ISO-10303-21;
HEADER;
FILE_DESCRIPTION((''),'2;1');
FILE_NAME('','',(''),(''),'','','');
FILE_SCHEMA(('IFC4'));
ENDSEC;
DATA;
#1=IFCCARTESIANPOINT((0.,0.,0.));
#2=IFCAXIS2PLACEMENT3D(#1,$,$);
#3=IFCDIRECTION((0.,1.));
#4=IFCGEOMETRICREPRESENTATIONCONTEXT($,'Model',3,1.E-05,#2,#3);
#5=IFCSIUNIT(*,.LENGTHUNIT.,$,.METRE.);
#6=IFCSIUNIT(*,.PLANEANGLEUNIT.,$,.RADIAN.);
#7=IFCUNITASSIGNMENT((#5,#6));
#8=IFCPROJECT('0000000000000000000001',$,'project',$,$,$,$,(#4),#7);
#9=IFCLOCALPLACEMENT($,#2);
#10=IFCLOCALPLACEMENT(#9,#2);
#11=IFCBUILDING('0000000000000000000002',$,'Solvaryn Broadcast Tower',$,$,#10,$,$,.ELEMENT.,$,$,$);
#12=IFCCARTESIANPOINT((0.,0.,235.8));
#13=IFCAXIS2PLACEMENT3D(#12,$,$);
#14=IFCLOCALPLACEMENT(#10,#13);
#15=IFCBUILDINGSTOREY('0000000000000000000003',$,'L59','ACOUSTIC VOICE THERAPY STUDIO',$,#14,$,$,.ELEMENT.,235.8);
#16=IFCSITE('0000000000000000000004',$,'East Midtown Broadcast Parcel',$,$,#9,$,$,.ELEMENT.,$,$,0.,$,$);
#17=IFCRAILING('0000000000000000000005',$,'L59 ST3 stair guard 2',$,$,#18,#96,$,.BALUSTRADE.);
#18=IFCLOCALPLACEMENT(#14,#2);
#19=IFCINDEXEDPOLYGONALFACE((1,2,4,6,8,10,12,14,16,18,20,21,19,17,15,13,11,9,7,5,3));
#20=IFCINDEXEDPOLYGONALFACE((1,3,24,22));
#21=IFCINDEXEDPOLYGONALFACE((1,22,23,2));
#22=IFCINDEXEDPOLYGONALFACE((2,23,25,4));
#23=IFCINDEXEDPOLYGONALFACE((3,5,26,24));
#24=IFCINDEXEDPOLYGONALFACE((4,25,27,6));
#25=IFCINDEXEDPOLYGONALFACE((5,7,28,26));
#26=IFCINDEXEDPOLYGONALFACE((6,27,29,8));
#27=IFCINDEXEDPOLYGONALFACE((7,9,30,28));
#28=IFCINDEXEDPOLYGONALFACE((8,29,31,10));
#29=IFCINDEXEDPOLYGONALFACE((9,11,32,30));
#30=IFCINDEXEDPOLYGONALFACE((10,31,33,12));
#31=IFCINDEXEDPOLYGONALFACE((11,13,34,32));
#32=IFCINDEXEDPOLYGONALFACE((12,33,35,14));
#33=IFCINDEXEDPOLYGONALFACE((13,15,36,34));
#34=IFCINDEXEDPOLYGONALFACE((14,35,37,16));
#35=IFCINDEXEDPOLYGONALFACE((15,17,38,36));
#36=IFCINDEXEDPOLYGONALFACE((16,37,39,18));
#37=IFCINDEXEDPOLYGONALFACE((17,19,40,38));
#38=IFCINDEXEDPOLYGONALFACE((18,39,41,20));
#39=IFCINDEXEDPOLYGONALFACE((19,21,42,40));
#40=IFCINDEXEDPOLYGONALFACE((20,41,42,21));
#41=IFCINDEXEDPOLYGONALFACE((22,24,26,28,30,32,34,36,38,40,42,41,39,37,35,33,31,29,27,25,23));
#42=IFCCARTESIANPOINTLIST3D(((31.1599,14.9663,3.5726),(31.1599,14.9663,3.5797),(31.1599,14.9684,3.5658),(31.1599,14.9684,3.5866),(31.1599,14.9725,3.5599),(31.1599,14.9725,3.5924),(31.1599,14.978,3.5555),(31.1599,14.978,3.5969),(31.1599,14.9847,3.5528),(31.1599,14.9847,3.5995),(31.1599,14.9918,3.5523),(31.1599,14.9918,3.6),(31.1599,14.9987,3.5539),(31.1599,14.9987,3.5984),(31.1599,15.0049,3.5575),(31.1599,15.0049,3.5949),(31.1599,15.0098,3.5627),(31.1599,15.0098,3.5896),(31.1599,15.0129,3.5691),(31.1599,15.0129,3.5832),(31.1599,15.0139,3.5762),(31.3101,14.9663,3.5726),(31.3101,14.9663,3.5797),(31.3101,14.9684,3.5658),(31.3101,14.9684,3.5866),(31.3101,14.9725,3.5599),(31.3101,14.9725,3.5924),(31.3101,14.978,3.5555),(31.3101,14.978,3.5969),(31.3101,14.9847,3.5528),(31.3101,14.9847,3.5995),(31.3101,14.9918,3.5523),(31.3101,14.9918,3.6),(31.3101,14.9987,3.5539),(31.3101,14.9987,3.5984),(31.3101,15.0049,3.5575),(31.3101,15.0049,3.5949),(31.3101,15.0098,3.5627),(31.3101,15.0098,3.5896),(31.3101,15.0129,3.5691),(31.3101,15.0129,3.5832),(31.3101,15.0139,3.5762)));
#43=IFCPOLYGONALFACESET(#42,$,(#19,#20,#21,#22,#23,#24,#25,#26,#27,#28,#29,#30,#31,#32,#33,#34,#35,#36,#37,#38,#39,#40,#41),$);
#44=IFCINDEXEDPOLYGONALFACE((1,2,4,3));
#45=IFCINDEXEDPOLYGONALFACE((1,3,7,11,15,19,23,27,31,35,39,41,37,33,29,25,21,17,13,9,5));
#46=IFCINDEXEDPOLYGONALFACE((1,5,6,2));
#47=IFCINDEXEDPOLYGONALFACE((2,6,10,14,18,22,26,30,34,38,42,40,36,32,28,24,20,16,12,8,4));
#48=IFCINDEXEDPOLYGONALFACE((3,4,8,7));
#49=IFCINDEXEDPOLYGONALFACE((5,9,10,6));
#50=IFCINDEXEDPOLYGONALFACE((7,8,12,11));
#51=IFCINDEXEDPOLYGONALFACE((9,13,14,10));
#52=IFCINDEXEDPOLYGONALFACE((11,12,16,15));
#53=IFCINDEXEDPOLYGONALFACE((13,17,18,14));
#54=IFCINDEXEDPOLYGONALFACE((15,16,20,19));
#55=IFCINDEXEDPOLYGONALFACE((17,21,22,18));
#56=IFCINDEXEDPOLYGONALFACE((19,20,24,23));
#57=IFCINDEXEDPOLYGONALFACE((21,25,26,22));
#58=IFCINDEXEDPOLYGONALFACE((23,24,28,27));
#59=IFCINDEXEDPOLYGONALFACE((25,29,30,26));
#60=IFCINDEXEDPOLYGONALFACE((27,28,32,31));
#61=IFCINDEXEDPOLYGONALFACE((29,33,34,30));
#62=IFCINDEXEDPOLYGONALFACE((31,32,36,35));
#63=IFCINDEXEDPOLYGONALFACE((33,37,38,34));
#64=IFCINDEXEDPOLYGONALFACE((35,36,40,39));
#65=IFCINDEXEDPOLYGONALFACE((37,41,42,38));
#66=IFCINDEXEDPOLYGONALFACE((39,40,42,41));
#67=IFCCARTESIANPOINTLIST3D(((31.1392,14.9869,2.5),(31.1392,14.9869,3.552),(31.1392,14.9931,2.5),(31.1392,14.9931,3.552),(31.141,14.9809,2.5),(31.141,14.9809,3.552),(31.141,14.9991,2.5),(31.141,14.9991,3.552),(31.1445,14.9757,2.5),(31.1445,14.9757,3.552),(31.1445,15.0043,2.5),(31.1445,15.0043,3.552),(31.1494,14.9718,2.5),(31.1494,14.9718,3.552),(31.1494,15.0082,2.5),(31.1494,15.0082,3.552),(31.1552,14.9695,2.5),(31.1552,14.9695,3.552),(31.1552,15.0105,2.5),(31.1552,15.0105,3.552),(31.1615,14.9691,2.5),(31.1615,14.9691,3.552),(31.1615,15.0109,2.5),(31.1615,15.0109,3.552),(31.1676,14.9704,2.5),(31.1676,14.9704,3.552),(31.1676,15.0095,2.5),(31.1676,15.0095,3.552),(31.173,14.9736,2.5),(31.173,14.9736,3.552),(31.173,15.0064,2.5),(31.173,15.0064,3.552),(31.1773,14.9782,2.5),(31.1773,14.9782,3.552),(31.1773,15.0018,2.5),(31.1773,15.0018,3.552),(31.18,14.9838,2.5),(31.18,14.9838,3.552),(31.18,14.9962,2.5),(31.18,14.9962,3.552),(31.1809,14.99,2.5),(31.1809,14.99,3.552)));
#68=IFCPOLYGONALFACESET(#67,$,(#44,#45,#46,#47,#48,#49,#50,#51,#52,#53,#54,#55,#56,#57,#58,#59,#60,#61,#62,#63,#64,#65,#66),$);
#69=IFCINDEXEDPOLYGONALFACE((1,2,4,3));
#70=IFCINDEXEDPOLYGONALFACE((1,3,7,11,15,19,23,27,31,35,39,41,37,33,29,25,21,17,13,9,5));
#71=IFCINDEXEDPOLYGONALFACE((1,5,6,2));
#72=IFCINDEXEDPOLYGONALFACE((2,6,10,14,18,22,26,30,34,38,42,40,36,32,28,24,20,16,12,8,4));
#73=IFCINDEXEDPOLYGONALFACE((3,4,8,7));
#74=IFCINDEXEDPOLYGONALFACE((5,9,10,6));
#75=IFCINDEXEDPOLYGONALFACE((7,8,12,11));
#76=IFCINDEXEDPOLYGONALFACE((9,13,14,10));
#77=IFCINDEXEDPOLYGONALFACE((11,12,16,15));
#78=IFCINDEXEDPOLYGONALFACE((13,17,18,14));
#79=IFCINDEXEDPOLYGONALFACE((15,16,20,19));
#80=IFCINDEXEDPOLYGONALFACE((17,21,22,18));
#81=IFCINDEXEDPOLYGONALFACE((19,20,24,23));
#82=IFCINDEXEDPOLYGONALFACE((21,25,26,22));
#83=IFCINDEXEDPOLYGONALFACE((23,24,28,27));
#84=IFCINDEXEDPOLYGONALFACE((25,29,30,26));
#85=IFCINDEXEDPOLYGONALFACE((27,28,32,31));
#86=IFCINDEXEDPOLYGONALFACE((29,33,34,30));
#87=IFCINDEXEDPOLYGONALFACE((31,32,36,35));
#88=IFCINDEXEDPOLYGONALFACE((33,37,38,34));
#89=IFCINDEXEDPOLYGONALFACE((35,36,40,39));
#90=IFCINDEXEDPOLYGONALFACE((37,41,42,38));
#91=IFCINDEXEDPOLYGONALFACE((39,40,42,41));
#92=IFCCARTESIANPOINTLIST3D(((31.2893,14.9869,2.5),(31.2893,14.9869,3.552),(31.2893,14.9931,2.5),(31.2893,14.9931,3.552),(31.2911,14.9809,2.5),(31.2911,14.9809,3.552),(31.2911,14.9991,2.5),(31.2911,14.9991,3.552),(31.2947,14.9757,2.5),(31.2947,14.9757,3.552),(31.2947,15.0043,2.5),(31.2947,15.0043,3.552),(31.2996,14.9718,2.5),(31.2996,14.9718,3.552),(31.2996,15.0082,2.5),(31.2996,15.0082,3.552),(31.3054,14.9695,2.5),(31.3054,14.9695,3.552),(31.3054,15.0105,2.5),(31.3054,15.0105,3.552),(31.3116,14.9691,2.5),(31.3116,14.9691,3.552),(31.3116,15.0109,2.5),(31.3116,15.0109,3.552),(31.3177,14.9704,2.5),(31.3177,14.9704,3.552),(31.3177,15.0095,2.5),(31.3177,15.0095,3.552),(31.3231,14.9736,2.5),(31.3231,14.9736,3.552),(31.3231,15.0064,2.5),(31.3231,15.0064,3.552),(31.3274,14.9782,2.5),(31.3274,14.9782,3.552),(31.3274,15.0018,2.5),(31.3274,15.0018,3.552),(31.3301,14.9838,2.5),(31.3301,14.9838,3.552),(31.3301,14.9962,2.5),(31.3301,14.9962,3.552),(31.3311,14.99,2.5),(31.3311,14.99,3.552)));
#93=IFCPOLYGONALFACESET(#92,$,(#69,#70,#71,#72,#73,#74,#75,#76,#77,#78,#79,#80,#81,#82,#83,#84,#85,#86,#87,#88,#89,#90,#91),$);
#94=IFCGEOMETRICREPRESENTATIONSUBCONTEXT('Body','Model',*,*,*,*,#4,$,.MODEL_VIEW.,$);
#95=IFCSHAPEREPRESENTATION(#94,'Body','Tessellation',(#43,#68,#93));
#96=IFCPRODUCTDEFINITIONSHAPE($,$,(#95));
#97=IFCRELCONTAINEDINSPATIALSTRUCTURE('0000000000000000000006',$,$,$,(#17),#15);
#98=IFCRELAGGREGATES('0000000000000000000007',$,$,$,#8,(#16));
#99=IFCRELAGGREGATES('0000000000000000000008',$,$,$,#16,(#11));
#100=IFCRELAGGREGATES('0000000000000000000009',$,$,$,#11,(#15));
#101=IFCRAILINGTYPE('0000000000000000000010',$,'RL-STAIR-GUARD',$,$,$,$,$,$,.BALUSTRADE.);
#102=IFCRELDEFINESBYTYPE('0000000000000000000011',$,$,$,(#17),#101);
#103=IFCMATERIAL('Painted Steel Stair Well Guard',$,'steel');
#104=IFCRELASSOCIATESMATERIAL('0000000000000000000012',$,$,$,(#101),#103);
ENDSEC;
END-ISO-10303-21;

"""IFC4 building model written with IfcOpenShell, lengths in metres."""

from ifc_helpers import new_model, si_unit, direction, frame, origin, origin_2d, place, context, subcontext, project, spatial, circle, extrude, material, type_object, element, save


model = new_model("IFC4")

# Units and contexts
model_context = context("Model", 3, precision=1e-05, world=origin(), true_north=direction((0.0, 1.0)))
body_context = subcontext(model_context, "Body", "Model", "MODEL_VIEW")
ifc_project = project(units=[si_unit("LENGTHUNIT", "METRE"), si_unit("PLANEANGLEUNIT", "RADIAN")], contexts=[model_context])

# Site, building, storey
site_placement = place(None, origin())
site = spatial("IfcSite", under=ifc_project, at=site_placement, Name="East Midtown Broadcast Parcel", CompositionType="ELEMENT", RefElevation=0.0)
building_placement = place(site_placement, origin())
building = spatial("IfcBuilding", under=site, at=building_placement, Name="Solvaryn Broadcast Tower", CompositionType="ELEMENT")
storey_placement = place(building_placement, frame((0.0, 0.0, 235.8)))
storey = spatial("IfcBuildingStorey", under=building, at=storey_placement, Name="L59", Description="ACOUSTIC VOICE THERAPY STUDIO", CompositionType="ELEMENT", Elevation=235.8)

# Railing
ifc_material_1 = material(Name="Painted Steel Stair Well Guard", Category="steel")
railing_type_1 = type_object("IfcRailingType", Name="RL-STAIR-GUARD", PredefinedType="BALUSTRADE", material=ifc_material_1)
railing_1_placement = place(storey_placement, frame((31.1599, 14.99, 2.5)))
element("IfcRailing", 1, at=railing_1_placement, inside=storey, type_object=railing_type_1, Name="L59 ST3 stair guard 2", PredefinedType="BALUSTRADE", context=body_context, shape_type="SweptSolid", body=[
    extrude(circle(Radius=0.0239, at=origin_2d()), frame((0.0, 0.0, 1.0762), z_axis=(1.0, 0.0, 0.0), x_axis=(0.0, 1.0, 0.0)), (0.0, 0.0, 1.0), 0.1501),
    extrude(circle(Radius=0.021, at=origin_2d()), origin(), (0.0, 0.0, 1.0), 1.052),
    extrude(circle(Radius=0.021, at=origin_2d()), frame((0.1501, 0.0, 0.0)), (0.0, 0.0, 1.0), 1.052),
])

save(model, "model.ifc")
